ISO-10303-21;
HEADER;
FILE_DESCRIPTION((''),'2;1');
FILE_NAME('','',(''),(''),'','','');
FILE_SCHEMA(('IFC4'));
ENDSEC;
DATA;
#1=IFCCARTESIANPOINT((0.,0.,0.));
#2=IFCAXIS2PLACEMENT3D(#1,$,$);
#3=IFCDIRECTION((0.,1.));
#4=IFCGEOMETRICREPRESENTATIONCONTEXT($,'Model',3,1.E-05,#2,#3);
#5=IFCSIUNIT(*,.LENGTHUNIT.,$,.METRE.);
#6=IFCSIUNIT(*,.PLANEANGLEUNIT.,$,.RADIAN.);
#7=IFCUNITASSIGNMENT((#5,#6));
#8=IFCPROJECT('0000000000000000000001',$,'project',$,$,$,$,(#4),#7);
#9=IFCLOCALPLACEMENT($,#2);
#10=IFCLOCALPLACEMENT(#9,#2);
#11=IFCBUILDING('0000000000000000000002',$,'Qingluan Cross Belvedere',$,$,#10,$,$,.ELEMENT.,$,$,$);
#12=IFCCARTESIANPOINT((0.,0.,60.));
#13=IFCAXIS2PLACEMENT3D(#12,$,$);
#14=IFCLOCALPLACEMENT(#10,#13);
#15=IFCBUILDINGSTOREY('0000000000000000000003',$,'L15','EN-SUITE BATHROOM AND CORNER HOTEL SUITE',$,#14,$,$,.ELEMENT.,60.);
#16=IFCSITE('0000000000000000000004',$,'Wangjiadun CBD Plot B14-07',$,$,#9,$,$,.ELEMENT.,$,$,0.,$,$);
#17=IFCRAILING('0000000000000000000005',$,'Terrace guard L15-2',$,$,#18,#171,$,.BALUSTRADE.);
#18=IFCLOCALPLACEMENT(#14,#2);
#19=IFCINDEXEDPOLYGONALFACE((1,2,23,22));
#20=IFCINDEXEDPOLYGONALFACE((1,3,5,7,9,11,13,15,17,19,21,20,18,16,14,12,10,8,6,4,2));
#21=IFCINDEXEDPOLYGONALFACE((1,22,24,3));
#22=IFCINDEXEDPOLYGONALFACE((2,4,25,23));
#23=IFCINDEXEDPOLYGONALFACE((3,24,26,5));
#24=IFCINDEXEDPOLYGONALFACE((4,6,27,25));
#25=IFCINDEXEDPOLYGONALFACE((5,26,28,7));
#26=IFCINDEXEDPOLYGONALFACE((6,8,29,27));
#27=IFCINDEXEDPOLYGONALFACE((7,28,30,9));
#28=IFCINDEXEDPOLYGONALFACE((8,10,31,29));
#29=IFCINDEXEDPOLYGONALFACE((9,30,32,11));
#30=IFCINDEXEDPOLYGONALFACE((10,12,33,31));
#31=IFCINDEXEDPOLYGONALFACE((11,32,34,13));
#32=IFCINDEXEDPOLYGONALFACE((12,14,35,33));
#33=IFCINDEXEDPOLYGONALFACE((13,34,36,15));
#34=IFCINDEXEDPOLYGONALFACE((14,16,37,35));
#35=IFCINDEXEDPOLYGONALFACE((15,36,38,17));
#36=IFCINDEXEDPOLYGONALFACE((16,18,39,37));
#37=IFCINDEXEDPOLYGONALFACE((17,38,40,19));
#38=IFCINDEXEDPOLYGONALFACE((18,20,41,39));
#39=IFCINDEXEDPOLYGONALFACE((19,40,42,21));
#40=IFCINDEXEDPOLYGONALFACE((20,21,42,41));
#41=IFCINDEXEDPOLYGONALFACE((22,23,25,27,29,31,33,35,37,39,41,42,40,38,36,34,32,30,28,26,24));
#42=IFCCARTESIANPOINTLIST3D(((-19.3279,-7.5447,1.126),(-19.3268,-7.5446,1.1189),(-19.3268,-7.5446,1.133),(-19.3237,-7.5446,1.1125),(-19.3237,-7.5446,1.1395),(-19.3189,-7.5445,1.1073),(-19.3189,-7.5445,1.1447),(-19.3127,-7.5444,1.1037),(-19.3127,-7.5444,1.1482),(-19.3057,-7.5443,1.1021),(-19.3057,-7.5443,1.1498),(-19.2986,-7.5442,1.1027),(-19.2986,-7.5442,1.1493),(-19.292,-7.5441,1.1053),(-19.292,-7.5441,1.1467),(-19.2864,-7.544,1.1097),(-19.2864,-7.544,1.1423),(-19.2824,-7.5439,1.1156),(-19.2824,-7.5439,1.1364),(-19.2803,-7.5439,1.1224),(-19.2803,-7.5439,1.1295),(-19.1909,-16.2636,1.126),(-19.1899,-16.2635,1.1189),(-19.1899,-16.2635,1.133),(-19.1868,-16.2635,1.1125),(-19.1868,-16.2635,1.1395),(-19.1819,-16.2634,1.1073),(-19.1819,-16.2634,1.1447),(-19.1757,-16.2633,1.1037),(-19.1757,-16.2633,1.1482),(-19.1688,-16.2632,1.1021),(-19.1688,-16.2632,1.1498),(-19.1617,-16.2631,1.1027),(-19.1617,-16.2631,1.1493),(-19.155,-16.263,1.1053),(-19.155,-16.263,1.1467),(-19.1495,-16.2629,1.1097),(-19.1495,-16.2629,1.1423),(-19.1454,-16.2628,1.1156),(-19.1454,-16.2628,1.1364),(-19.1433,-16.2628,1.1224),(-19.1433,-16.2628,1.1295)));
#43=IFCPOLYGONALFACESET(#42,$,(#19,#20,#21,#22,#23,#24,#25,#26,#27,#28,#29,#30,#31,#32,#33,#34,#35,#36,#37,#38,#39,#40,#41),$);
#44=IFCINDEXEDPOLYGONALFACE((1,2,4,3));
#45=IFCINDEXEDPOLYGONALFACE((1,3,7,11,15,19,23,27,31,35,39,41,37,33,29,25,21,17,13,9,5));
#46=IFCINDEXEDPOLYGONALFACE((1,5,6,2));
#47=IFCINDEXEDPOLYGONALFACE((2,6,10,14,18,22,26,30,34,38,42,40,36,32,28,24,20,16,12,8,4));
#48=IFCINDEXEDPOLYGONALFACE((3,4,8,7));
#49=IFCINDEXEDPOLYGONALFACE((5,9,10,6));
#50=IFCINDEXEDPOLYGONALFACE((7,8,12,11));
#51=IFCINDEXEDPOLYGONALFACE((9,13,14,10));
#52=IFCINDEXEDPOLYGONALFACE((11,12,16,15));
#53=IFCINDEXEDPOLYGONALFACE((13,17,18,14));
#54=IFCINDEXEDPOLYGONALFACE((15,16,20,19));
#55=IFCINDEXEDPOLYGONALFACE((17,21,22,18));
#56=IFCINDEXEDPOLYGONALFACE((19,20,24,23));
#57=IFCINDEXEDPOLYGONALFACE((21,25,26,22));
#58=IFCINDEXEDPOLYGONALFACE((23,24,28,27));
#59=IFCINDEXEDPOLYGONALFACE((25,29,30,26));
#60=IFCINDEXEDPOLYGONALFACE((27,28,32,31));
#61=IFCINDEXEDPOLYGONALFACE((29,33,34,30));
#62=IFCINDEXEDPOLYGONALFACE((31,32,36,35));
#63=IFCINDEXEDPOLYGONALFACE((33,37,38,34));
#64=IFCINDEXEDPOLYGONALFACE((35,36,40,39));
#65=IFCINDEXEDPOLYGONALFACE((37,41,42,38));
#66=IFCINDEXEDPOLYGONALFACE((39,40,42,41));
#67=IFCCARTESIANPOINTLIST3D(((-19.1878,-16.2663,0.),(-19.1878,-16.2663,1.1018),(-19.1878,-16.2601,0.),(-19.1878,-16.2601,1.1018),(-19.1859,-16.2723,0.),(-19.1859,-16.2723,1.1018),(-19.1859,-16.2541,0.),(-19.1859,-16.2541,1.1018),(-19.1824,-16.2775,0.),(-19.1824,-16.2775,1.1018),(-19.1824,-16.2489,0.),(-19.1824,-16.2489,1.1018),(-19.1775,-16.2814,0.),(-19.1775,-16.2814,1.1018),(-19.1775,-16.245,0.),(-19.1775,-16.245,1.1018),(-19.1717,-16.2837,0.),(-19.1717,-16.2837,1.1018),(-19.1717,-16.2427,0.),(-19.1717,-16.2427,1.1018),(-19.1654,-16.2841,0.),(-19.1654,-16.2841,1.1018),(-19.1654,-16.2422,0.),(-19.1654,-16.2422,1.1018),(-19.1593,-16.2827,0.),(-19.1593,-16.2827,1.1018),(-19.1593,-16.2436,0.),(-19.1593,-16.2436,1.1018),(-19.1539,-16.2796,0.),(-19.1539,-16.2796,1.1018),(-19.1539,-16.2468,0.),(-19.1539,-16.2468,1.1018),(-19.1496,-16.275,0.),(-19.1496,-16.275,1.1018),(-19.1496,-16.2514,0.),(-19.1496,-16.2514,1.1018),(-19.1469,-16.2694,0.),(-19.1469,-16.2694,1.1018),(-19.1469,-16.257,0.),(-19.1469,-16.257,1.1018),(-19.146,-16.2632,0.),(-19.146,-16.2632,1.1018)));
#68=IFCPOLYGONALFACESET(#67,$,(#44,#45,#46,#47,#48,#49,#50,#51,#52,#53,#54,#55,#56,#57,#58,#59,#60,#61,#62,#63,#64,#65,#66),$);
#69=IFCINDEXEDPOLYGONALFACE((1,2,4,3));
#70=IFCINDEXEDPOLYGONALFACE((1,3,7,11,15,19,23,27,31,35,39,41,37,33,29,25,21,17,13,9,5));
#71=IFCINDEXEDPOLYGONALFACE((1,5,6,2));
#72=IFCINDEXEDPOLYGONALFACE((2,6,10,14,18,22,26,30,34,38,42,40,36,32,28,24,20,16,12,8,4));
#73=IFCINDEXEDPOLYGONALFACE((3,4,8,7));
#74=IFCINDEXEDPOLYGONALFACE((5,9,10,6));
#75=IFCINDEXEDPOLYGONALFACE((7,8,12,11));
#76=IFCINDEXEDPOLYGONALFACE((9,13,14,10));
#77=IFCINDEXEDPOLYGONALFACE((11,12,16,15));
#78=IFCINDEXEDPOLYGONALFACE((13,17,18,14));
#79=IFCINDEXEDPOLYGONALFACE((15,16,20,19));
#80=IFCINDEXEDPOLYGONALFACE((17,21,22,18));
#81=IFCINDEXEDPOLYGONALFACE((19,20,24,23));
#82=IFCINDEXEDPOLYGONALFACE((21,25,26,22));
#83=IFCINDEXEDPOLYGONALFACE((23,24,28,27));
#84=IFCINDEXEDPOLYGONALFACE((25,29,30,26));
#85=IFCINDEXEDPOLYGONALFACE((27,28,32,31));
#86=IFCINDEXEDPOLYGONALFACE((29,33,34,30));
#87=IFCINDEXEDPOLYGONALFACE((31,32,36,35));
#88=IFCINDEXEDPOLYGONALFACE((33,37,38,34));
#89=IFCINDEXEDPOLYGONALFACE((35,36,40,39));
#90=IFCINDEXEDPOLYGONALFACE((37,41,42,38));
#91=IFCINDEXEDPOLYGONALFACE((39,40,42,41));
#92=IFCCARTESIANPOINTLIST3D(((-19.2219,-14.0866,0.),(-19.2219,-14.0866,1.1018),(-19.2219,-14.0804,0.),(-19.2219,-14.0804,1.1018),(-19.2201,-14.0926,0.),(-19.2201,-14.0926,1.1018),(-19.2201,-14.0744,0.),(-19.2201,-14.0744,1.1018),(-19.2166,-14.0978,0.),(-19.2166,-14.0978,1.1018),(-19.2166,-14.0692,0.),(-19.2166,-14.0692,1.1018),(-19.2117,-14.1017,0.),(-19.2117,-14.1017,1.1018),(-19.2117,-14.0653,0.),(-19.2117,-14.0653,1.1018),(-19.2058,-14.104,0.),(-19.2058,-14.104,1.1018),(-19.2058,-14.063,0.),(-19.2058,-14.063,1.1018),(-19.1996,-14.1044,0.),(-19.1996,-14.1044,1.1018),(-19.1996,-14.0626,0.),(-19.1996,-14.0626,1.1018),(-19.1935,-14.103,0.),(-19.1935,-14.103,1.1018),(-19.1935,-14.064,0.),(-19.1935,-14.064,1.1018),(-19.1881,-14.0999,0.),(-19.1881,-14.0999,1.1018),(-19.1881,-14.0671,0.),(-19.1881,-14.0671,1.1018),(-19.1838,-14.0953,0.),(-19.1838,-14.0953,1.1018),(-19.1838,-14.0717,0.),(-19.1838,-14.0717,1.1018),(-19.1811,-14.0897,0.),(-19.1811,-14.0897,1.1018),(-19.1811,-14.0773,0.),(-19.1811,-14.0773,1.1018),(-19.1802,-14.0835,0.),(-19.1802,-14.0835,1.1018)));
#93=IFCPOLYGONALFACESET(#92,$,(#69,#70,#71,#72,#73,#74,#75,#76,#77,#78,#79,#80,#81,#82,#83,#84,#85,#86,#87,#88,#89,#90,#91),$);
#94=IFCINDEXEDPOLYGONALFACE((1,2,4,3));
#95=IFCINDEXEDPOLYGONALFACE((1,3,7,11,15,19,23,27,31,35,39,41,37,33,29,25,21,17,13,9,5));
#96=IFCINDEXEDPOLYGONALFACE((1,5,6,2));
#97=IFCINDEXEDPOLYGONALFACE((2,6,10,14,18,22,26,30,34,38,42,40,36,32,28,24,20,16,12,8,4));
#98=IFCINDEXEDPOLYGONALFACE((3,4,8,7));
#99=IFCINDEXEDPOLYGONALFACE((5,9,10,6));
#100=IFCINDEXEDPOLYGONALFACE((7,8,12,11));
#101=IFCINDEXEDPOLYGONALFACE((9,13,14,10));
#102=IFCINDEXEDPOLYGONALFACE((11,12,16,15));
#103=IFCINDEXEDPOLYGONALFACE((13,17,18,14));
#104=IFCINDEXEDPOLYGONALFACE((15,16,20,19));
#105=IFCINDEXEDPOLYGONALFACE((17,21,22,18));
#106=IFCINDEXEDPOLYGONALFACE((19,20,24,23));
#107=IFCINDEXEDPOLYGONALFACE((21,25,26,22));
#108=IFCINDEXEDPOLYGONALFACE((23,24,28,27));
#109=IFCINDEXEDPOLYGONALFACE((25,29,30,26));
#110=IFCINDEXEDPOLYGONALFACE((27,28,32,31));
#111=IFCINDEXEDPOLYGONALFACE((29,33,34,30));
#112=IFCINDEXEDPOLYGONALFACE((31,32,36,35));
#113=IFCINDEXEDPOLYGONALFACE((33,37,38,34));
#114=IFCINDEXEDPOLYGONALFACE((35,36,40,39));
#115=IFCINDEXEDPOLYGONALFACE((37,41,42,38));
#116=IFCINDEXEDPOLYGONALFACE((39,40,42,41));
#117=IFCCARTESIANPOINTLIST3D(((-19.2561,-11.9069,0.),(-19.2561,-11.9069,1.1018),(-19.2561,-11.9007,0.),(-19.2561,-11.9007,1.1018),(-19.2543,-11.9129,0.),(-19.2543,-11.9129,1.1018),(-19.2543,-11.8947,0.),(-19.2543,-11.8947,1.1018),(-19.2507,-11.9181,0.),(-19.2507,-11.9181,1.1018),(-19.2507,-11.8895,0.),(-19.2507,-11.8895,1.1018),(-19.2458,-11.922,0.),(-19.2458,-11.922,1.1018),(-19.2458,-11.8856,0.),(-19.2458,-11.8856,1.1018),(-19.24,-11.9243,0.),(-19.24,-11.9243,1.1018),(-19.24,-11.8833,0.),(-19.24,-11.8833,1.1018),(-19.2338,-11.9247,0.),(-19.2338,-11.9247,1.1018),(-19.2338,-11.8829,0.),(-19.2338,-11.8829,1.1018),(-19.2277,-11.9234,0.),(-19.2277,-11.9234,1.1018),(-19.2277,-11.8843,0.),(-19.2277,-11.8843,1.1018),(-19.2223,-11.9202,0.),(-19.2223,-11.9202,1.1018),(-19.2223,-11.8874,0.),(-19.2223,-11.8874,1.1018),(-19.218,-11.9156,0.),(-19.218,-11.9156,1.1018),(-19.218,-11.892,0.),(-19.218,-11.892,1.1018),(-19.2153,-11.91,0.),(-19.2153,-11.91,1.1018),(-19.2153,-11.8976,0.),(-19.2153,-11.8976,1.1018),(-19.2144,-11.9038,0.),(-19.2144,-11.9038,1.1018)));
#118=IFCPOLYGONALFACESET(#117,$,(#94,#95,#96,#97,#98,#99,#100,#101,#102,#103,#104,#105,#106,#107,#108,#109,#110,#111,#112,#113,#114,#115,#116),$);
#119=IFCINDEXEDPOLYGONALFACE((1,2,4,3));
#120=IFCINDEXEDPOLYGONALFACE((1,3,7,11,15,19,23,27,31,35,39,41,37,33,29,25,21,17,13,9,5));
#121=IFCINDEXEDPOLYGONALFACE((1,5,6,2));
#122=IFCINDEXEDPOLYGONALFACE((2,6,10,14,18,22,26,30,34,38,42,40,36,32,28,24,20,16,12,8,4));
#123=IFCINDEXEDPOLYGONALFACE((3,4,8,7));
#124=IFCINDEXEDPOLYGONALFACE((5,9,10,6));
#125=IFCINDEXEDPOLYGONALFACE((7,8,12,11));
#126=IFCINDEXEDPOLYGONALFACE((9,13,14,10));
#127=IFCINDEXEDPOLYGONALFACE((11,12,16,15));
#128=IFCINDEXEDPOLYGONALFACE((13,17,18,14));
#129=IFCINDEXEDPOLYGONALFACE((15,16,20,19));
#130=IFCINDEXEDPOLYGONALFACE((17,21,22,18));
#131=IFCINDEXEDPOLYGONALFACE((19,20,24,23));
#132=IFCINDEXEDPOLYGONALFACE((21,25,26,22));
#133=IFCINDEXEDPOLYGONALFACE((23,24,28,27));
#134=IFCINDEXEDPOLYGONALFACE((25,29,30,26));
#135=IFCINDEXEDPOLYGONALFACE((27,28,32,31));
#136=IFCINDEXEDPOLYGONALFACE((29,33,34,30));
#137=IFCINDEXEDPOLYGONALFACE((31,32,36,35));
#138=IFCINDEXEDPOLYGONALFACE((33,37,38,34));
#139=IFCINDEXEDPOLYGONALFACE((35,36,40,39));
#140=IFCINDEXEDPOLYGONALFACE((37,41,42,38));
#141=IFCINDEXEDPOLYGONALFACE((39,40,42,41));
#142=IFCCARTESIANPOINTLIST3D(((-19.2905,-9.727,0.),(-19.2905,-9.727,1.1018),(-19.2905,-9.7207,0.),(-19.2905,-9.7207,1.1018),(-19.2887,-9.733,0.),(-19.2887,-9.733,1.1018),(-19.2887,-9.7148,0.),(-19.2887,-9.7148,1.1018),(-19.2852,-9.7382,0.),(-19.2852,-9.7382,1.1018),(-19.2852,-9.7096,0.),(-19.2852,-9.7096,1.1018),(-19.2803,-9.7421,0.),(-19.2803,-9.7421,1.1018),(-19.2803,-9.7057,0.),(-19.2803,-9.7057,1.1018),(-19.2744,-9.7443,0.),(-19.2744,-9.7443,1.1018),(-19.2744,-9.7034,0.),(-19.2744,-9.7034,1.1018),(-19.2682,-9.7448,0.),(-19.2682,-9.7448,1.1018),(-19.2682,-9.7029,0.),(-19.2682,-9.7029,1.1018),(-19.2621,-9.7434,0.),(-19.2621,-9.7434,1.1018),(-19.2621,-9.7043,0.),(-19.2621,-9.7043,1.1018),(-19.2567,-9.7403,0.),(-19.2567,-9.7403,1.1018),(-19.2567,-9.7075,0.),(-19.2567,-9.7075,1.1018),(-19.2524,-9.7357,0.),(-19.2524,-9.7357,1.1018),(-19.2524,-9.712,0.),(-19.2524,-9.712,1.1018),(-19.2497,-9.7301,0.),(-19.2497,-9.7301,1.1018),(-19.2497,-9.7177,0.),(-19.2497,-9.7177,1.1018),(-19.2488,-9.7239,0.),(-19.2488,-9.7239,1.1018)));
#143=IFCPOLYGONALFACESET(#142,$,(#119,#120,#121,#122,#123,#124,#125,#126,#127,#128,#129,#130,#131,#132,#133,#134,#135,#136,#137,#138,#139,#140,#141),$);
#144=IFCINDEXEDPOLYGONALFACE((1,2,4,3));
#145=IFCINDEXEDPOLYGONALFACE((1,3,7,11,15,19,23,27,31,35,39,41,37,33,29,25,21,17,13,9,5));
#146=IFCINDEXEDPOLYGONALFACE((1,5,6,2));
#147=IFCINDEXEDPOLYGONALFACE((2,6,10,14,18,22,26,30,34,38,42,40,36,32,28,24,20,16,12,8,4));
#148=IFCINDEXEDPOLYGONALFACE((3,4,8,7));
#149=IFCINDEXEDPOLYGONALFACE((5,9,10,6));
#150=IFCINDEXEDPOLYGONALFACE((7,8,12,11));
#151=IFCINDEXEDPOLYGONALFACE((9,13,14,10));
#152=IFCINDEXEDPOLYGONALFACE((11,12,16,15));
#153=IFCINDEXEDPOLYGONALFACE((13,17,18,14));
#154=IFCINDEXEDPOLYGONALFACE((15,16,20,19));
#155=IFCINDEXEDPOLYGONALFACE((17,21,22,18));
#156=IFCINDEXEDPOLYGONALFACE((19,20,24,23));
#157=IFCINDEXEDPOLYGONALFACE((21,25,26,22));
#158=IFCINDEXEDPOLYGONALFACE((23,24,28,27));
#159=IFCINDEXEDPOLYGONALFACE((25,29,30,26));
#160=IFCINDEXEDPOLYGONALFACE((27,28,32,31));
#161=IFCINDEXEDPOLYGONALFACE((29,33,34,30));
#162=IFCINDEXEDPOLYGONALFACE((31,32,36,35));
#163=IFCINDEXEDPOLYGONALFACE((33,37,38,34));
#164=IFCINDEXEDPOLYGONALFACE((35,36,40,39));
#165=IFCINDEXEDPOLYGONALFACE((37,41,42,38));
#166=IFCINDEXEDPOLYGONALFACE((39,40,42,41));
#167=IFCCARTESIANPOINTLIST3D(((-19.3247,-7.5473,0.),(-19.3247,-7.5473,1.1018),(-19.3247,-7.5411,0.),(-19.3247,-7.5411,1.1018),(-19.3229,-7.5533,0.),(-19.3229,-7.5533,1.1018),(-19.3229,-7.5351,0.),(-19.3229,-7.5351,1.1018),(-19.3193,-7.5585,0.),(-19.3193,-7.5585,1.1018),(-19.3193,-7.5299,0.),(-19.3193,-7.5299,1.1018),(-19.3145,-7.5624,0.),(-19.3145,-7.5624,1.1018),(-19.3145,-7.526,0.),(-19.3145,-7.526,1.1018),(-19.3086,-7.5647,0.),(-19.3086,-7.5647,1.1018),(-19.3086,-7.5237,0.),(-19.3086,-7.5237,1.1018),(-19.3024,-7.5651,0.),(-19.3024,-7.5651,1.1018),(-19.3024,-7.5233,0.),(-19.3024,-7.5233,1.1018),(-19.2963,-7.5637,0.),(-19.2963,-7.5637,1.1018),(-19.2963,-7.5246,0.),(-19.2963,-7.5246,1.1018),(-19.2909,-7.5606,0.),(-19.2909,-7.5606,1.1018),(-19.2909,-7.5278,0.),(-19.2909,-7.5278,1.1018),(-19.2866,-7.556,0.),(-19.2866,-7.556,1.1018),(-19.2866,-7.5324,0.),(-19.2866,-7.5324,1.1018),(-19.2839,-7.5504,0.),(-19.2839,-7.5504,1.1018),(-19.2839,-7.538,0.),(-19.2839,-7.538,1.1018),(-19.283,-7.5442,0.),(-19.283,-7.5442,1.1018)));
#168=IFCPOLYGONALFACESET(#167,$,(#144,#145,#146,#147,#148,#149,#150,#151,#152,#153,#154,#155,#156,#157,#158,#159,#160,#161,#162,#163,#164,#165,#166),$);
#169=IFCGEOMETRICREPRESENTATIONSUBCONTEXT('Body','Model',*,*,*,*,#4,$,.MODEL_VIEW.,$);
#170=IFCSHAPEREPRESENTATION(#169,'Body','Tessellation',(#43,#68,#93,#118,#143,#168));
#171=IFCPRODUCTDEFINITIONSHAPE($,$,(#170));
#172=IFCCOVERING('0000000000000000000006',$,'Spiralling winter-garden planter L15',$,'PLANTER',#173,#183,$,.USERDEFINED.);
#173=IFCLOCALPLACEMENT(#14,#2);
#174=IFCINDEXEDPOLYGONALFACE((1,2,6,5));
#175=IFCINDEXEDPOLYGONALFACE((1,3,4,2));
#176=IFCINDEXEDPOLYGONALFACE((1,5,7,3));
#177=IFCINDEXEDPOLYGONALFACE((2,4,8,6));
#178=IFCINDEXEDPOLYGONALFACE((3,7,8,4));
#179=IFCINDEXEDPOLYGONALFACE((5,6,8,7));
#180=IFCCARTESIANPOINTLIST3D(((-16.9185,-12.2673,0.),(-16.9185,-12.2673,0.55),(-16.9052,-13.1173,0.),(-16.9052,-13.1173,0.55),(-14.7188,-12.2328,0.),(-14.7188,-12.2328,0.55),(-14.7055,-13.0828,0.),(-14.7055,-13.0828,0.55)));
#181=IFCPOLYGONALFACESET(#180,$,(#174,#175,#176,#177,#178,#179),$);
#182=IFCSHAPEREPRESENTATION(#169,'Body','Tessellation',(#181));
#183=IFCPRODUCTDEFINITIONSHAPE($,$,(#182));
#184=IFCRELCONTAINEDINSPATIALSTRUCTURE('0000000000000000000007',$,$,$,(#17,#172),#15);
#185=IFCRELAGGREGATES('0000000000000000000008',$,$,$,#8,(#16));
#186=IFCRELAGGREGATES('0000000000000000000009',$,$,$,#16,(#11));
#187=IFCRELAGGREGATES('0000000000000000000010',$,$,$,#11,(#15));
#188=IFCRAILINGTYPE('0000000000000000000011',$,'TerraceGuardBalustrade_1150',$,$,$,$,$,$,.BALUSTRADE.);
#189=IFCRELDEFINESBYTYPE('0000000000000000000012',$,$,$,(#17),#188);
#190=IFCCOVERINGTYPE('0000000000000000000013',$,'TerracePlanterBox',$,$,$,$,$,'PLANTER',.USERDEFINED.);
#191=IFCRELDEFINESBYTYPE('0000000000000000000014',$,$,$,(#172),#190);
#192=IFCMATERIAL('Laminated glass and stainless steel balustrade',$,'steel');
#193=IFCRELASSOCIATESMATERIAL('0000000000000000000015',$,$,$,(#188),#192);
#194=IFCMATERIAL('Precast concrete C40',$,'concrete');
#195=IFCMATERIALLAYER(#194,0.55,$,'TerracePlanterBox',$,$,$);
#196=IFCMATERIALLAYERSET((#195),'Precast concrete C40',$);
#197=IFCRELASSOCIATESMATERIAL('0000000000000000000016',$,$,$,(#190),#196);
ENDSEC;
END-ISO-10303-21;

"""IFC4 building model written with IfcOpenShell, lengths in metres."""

from ifc_helpers import new_model, si_unit, direction, frame, origin, origin_2d, place, context, subcontext, project, spatial, rectangle, circle, extrude, material, layer, layer_set, type_object, element, save


model = new_model("IFC4")

# Units and contexts
model_context = context("Model", 3, precision=1e-05, world=origin(), true_north=direction((0.0, 1.0)))
body_context = subcontext(model_context, "Body", "Model", "MODEL_VIEW")
ifc_project = project(units=[si_unit("LENGTHUNIT", "METRE"), si_unit("PLANEANGLEUNIT", "RADIAN")], contexts=[model_context])

# Site, building, storey
site_placement = place(None, origin())
site = spatial("IfcSite", under=ifc_project, at=site_placement, Name="Wangjiadun CBD Plot B14-07", CompositionType="ELEMENT", RefElevation=0.0)
building_placement = place(site_placement, origin())
building = spatial("IfcBuilding", under=site, at=building_placement, Name="Qingluan Cross Belvedere", CompositionType="ELEMENT")
storey_placement = place(building_placement, frame((0.0, 0.0, 60.0)))
storey = spatial("IfcBuildingStorey", under=building, at=storey_placement, Name="L15", Description="EN-SUITE BATHROOM AND CORNER HOTEL SUITE", CompositionType="ELEMENT", Elevation=60.0)

# Railing
ifc_material_1 = material(Name="Laminated glass and stainless steel balustrade", Category="steel")
railing_type = type_object("IfcRailingType", Name="TerraceGuardBalustrade_1150", PredefinedType="BALUSTRADE", material=ifc_material_1)
railing_placement = place(storey_placement, frame((-19.167, -16.2632, 0.0)))
element("IfcRailing", 1, at=railing_placement, inside=storey, type_object=railing_type, Name="Terrace guard L15-2", PredefinedType="BALUSTRADE", context=body_context, shape_type="SweptSolid", body=[
    extrude(circle(Radius=0.0239, at=origin_2d()), frame((0.0, 0.0, 1.126), z_axis=(-0.015707, 0.999877, 0.0), x_axis=(-0.999877, -0.015707, 0.0)), (0.0, 0.0, 1.0), 8.72),
    extrude(circle(Radius=0.021, at=origin_2d()), origin(), (0.0, 0.0, 1.0), 1.1018),
    extrude(circle(Radius=0.021, at=origin_2d()), frame((-0.0342, 2.1797, 0.0)), (0.0, 0.0, 1.0), 1.1018),
    extrude(circle(Radius=0.021, at=origin_2d()), frame((-0.0684, 4.3594, 0.0)), (0.0, 0.0, 1.0), 1.1018),
    extrude(circle(Radius=0.021, at=origin_2d()), frame((-0.1028, 6.5393, 0.0)), (0.0, 0.0, 1.0), 1.1018),
    extrude(circle(Radius=0.021, at=origin_2d()), frame((-0.137, 8.719, 0.0)), (0.0, 0.0, 1.0), 1.1018),
])

# Covering
ifc_material_2 = material(Name="Precast concrete C40", Category="concrete")
ifc_layer_1 = layer(ifc_material_2, 0.55, Name="TerracePlanterBox")
ifc_layer_set_1 = layer_set([ifc_layer_1], Name="Precast concrete C40")
covering_type_1 = type_object("IfcCoveringType", Name="TerracePlanterBox", ElementType="PLANTER", PredefinedType="USERDEFINED", material=ifc_layer_set_1)
covering_1_placement = place(storey_placement, frame((-15.812, -12.675, 0.0), z_axis=(0.0, 0.0, 1.0), x_axis=(0.999877, 0.015707, 0.0)))
element("IfcCovering", 2, at=covering_1_placement, inside=storey, type_object=covering_type_1, Name="Spiralling winter-garden planter L15", ObjectType="PLANTER", PredefinedType="USERDEFINED", context=body_context, shape_type="SweptSolid", body=[
    extrude(rectangle(XDim=2.2, YDim=0.8501, at=origin_2d()), origin(), (0.0, 0.0, 1.0), 0.55),
])

save(model, "model.ifc")
